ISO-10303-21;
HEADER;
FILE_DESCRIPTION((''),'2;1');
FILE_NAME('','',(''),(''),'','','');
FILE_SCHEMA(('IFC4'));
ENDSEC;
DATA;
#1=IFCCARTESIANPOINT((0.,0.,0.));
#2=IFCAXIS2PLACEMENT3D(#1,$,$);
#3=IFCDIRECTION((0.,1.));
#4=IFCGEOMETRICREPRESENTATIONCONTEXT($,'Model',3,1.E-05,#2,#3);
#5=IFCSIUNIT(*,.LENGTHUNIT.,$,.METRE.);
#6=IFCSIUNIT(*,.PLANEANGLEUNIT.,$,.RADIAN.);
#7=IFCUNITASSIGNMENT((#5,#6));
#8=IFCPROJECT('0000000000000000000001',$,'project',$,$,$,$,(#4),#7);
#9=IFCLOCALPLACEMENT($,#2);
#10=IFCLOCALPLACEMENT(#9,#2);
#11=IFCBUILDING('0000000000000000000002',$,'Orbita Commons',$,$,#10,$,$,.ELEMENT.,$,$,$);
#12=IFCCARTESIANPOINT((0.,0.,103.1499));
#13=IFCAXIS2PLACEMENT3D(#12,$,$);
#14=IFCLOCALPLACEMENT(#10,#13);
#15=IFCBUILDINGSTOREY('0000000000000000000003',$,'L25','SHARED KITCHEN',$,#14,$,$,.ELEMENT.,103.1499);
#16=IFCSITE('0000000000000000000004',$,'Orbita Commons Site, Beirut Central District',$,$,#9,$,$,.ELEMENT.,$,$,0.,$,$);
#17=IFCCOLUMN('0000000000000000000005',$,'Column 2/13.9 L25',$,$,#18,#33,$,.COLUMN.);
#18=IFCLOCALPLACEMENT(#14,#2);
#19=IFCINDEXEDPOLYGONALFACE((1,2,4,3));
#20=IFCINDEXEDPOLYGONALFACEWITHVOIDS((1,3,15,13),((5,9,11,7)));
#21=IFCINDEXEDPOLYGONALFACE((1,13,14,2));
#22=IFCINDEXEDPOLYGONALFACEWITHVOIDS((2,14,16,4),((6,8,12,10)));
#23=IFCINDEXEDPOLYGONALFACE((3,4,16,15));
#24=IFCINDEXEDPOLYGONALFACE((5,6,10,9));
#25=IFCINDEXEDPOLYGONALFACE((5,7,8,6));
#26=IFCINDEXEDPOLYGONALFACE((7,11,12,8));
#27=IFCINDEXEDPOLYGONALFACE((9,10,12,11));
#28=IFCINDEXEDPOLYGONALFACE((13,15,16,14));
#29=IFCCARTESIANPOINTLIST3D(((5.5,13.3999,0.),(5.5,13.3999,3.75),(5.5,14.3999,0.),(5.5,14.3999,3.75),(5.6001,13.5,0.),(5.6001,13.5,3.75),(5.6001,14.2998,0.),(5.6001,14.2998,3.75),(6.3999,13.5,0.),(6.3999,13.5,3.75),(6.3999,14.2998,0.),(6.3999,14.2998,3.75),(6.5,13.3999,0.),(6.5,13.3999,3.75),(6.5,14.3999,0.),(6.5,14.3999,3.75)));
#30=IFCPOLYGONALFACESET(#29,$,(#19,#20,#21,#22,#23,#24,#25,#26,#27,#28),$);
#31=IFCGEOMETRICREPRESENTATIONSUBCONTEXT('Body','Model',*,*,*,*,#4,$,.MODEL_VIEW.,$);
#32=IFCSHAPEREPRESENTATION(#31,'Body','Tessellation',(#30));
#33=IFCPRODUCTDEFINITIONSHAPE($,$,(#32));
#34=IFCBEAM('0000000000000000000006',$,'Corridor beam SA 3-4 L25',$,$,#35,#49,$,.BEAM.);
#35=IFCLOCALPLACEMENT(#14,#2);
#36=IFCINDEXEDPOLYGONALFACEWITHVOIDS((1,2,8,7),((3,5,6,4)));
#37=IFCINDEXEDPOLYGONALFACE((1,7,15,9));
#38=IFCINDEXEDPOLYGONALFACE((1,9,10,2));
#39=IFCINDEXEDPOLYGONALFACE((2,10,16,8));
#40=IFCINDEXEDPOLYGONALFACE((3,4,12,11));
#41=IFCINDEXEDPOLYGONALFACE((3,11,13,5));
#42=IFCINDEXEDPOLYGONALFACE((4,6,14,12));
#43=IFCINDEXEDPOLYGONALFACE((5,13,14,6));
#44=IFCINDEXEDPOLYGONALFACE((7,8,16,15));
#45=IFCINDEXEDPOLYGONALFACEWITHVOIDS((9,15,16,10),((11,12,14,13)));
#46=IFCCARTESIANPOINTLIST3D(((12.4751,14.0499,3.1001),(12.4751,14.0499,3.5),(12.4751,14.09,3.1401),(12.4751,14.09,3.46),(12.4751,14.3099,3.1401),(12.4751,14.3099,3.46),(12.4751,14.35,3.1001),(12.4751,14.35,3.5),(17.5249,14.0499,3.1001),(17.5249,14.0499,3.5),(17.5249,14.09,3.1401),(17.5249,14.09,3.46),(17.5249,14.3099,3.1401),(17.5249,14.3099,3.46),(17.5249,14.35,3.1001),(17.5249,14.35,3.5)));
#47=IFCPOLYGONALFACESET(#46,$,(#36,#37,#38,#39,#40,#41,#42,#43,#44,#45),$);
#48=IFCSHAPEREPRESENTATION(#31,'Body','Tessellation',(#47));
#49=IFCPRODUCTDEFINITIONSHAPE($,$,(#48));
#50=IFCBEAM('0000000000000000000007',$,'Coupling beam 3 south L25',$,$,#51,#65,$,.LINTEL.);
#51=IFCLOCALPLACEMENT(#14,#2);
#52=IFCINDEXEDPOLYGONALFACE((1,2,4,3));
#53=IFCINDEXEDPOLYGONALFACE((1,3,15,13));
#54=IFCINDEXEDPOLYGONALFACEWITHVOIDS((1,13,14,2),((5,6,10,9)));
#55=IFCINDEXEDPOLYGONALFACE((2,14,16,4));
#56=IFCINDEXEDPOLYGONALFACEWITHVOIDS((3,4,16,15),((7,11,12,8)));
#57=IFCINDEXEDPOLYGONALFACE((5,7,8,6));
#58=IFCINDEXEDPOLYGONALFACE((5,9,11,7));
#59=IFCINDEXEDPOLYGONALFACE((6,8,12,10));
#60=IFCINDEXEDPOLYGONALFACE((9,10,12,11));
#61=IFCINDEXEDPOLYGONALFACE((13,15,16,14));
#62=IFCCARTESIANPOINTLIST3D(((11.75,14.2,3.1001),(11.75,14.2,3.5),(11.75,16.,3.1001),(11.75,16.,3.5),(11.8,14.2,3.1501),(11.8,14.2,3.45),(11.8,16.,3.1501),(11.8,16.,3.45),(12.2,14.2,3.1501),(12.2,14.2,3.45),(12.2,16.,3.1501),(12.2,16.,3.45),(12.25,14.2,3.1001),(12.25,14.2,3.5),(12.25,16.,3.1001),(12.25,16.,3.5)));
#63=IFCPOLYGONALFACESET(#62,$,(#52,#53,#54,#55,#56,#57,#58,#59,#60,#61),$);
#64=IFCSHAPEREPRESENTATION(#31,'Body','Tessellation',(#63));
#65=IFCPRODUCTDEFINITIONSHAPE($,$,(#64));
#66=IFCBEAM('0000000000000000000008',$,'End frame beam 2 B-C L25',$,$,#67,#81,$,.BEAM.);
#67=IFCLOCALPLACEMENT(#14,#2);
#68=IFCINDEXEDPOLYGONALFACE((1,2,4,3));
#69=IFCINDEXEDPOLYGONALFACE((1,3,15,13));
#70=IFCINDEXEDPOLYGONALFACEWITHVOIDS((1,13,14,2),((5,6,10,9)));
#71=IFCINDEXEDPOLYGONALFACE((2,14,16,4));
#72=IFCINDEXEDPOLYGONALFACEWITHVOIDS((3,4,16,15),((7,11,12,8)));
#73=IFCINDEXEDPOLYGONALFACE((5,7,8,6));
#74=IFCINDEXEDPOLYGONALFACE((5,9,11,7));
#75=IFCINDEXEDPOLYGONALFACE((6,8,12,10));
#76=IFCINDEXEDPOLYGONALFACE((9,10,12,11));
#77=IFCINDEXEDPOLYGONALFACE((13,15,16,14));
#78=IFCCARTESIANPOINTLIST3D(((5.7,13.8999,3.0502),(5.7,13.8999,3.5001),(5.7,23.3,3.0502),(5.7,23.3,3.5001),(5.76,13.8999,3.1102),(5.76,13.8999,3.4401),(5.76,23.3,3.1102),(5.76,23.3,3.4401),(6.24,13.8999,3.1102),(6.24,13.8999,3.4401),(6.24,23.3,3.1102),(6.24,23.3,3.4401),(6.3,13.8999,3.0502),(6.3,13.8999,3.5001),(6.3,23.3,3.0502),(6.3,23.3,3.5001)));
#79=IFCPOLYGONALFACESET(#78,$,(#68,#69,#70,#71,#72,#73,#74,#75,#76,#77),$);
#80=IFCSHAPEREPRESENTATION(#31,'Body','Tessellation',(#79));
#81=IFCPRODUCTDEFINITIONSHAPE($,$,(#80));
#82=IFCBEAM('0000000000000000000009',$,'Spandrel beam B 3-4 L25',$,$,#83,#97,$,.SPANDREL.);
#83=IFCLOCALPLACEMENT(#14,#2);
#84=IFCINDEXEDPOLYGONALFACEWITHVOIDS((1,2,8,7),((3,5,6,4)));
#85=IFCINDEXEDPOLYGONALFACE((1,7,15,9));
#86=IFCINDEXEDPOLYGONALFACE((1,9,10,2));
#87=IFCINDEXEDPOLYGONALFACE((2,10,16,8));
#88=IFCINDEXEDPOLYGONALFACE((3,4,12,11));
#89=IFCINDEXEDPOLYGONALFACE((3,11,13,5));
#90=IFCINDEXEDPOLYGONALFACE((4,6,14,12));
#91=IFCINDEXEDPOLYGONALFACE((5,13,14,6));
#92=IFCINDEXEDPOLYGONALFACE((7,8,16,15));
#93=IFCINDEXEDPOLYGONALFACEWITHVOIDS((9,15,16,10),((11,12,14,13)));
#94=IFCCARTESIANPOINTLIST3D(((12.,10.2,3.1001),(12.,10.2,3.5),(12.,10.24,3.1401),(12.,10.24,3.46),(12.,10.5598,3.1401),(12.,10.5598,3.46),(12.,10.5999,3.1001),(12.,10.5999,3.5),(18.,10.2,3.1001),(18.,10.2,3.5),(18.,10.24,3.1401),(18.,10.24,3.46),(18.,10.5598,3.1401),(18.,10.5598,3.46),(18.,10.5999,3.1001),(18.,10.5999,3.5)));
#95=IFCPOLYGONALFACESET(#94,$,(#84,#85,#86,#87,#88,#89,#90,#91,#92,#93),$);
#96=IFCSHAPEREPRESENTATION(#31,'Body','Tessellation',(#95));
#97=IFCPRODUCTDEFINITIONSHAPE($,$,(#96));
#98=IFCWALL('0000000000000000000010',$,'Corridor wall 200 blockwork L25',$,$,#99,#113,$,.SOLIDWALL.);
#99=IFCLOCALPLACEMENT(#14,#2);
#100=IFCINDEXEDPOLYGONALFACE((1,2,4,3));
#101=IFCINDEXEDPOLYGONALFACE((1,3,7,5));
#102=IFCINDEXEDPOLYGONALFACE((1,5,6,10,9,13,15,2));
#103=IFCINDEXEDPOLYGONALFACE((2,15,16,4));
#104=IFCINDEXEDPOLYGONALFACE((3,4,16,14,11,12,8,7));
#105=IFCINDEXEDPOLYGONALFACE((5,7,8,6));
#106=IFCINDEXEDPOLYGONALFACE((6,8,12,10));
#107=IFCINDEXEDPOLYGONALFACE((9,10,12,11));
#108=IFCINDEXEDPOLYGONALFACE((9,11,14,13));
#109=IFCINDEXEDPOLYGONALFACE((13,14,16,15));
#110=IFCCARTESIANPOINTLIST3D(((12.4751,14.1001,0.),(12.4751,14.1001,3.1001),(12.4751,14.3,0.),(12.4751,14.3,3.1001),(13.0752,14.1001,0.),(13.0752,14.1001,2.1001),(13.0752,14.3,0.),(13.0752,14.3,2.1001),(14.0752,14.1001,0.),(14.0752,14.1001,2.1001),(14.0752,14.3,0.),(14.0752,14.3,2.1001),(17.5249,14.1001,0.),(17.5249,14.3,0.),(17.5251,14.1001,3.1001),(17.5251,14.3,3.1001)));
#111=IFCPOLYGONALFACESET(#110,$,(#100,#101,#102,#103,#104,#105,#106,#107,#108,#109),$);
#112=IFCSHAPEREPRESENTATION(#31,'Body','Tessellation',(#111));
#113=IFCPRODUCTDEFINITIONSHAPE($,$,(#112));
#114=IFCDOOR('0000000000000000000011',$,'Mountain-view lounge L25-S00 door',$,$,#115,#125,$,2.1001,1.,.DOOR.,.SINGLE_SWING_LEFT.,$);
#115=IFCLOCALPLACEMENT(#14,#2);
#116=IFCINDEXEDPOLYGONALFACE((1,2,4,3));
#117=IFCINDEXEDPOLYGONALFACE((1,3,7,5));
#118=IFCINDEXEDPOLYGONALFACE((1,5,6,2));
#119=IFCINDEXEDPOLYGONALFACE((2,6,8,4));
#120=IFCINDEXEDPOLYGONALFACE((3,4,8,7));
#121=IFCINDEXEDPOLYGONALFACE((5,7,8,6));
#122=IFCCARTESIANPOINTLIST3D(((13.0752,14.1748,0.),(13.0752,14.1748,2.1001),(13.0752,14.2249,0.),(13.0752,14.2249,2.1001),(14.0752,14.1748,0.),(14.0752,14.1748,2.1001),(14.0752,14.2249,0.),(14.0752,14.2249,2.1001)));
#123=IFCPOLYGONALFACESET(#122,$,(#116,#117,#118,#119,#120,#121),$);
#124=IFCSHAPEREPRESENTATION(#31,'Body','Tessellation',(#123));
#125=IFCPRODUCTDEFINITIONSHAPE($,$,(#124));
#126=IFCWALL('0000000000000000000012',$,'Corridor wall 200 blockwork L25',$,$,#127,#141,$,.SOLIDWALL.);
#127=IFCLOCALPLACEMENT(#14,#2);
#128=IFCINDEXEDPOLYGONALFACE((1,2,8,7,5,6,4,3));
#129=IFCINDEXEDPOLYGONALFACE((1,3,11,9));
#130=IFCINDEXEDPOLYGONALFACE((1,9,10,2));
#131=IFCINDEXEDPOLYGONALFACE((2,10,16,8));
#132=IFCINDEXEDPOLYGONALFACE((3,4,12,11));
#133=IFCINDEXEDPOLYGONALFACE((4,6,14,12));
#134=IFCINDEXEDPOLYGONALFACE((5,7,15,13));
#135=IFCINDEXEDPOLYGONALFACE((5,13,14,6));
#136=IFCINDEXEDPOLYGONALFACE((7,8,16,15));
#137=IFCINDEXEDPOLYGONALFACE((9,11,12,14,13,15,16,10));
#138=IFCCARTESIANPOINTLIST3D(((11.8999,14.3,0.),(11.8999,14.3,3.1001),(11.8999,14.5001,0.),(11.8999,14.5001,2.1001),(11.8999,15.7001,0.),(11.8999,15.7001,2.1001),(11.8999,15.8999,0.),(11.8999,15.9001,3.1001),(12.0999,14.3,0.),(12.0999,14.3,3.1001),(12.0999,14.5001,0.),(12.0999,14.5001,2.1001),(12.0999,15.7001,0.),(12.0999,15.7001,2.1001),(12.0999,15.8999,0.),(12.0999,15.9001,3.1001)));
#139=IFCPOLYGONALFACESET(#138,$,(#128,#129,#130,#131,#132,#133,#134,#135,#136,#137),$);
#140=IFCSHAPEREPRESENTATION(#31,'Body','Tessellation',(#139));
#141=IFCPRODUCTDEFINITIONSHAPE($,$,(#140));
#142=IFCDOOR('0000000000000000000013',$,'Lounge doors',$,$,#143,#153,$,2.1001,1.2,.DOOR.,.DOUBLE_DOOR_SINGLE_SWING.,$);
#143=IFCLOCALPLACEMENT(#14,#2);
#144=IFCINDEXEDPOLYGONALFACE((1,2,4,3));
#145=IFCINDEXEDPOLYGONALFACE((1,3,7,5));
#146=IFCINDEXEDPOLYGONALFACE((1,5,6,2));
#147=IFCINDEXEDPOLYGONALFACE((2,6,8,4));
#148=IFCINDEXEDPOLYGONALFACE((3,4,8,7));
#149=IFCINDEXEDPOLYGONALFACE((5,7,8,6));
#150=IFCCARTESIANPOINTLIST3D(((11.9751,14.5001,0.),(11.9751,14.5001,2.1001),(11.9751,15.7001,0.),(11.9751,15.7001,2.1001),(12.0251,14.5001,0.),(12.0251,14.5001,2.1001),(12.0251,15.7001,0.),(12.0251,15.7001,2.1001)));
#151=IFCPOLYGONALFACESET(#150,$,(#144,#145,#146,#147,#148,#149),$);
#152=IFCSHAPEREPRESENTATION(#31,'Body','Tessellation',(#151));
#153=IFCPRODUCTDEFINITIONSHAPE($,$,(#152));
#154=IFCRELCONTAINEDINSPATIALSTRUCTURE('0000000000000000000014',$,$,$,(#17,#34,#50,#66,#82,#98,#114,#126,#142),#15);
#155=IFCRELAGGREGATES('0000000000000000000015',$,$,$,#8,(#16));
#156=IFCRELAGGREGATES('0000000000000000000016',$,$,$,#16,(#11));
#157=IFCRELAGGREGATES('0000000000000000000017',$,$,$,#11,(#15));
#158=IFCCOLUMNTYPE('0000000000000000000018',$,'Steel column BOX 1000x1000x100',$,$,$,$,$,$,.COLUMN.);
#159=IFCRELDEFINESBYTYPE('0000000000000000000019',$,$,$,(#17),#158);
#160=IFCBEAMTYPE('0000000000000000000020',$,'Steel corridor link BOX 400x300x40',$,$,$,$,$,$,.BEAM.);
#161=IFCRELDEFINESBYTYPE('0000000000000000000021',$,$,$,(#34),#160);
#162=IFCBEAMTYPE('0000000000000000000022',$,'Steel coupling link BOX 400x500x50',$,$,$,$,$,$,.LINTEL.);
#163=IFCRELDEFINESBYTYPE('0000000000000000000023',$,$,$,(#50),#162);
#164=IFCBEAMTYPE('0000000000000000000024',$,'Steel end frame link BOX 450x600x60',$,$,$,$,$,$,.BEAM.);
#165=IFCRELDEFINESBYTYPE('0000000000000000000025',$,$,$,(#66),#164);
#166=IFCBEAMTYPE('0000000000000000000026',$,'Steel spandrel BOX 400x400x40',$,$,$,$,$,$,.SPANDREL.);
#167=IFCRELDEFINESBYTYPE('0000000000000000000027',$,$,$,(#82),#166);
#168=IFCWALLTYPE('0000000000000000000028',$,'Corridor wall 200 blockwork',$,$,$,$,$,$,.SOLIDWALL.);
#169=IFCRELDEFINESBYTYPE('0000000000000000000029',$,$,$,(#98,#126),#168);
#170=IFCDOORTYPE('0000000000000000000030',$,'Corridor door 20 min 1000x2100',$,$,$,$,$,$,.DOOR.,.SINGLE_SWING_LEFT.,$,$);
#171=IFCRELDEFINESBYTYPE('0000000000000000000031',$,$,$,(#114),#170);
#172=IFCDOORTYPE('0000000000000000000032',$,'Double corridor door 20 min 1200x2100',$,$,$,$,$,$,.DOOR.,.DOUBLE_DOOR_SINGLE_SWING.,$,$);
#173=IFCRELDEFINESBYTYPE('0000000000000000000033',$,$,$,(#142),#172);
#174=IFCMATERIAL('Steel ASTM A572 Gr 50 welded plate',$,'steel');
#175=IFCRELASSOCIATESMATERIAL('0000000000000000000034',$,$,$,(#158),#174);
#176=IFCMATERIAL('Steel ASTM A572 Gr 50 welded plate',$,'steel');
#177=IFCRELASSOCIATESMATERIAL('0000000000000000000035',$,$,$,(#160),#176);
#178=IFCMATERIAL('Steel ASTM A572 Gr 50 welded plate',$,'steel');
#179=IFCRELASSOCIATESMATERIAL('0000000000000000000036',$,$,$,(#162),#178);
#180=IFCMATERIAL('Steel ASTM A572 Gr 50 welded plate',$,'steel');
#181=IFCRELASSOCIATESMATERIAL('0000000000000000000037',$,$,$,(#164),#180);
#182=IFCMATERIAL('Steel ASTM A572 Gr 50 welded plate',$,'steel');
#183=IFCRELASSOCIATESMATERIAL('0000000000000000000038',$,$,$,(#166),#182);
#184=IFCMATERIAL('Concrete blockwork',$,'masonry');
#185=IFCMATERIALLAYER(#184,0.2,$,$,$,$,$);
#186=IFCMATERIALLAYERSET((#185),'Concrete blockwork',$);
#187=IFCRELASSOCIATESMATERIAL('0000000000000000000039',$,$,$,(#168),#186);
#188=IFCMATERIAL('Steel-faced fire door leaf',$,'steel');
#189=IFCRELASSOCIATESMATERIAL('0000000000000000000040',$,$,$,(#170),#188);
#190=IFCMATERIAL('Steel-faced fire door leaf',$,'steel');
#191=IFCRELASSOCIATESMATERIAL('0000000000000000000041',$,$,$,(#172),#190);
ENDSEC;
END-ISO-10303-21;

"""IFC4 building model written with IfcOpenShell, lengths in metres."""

from ifc_helpers import new_model, si_unit, direction, frame, frame_2d, origin, origin_2d, place, context, subcontext, project, spatial, polyline, rectangle, hollow_rectangle, outline, extrude, material, layer, layer_set, material_profile, profile_set, type_object, element, fill, save


model = new_model("IFC4")

# Units and contexts
model_context = context("Model", 3, precision=1e-05, world=origin(), true_north=direction((0.0, 1.0)))
body_context = subcontext(model_context, "Body", "Model", "MODEL_VIEW")
ifc_project = project(units=[si_unit("LENGTHUNIT", "METRE"), si_unit("PLANEANGLEUNIT", "RADIAN")], contexts=[model_context])

# Site, building, storey
site_placement = place(None, origin())
site = spatial("IfcSite", under=ifc_project, at=site_placement, Name="Orbita Commons Site, Beirut Central District", CompositionType="ELEMENT", RefElevation=0.0)
building_placement = place(site_placement, origin())
building = spatial("IfcBuilding", under=site, at=building_placement, Name="Orbita Commons", CompositionType="ELEMENT")
storey_placement = place(building_placement, frame((0.0, 0.0, 103.1499)))
storey = spatial("IfcBuildingStorey", under=building, at=storey_placement, Name="L25", Description="SHARED KITCHEN", CompositionType="ELEMENT", Elevation=103.1499)

# Column
ifc_material_1 = material(Name="Steel ASTM A572 Gr 50 welded plate", Category="steel")
ifc_material_profile_1 = material_profile(ifc_material_1, hollow_rectangle(XDim=1.0, YDim=1.0, WallThickness=0.1001, at=origin_2d()), Name="BOX 1000x1000x100")
ifc_profile_set_1 = profile_set([ifc_material_profile_1], Name="Steel ASTM A572 Gr 50 welded plate")
column_type = type_object("IfcColumnType", Name="Steel column BOX 1000x1000x100", PredefinedType="COLUMN", material=ifc_profile_set_1)
column_placement = place(storey_placement, frame((6.0, 13.8999, 0.0), z_axis=(0.0, 0.0, 1.0), x_axis=(1.0, 0.0, 0.0)))
element("IfcColumn", 1, at=column_placement, inside=storey, type_object=column_type, Name="Column 2/13.9 L25", PredefinedType="COLUMN", context=body_context, shape_type="SweptSolid", body=[
    extrude(hollow_rectangle(XDim=1.0, YDim=1.0, WallThickness=0.1001, at=origin_2d()), origin(), (0.0, 0.0, 1.0), 3.75),
])

# Beams
ifc_material_2 = material(Name="Steel ASTM A572 Gr 50 welded plate", Category="steel")
ifc_material_profile_2 = material_profile(ifc_material_2, hollow_rectangle(XDim=0.3, YDim=0.3999, WallThickness=0.04, at=origin_2d()), Name="BOX 400x300x40")
ifc_profile_set_2 = profile_set([ifc_material_profile_2], Name="Steel ASTM A572 Gr 50 welded plate")
beam_type_1 = type_object("IfcBeamType", Name="Steel corridor link BOX 400x300x40", PredefinedType="BEAM", material=ifc_profile_set_2)
beam_1_placement = place(storey_placement, frame((12.4751, 14.2, 3.3), z_axis=(1.0, 0.0, 0.0), x_axis=(0.0, 1.0, 0.0)))
element("IfcBeam", 2, at=beam_1_placement, inside=storey, type_object=beam_type_1, Name="Corridor beam SA 3-4 L25", PredefinedType="BEAM", context=body_context, shape_type="SweptSolid", body=[
    extrude(hollow_rectangle(XDim=0.3, YDim=0.3999, WallThickness=0.04, at=origin_2d()), origin(), (0.0, 0.0, 1.0), 5.0498),
])
ifc_material_3 = material(Name="Steel ASTM A572 Gr 50 welded plate", Category="steel")
ifc_material_profile_3 = material_profile(ifc_material_3, hollow_rectangle(XDim=0.5, YDim=0.3999, WallThickness=0.05, at=origin_2d()), Name="BOX 400x500x50")
ifc_profile_set_3 = profile_set([ifc_material_profile_3], Name="Steel ASTM A572 Gr 50 welded plate")
beam_type_2 = type_object("IfcBeamType", Name="Steel coupling link BOX 400x500x50", PredefinedType="LINTEL", material=ifc_profile_set_3)
beam_2_placement = place(storey_placement, frame((12.0, 14.2, 3.3), z_axis=(0.0, 1.0, 0.0), x_axis=(-1.0, 0.0, 0.0)))
element("IfcBeam", 3, at=beam_2_placement, inside=storey, type_object=beam_type_2, Name="Coupling beam 3 south L25", PredefinedType="LINTEL", context=body_context, shape_type="SweptSolid", body=[
    extrude(hollow_rectangle(XDim=0.5, YDim=0.3999, WallThickness=0.05, at=origin_2d()), origin(), (0.0, 0.0, 1.0), 1.8),
])
ifc_material_4 = material(Name="Steel ASTM A572 Gr 50 welded plate", Category="steel")
ifc_material_profile_4 = material_profile(ifc_material_4, hollow_rectangle(XDim=0.6001, YDim=0.45, WallThickness=0.0601, at=origin_2d()), Name="BOX 450x600x60")
ifc_profile_set_4 = profile_set([ifc_material_profile_4], Name="Steel ASTM A572 Gr 50 welded plate")
beam_type_3 = type_object("IfcBeamType", Name="Steel end frame link BOX 450x600x60", PredefinedType="BEAM", material=ifc_profile_set_4)
beam_3_placement = place(storey_placement, frame((6.0, 13.8999, 3.2751), z_axis=(0.0, 1.0, 0.0), x_axis=(-1.0, 0.0, 0.0)))
element("IfcBeam", 4, at=beam_3_placement, inside=storey, type_object=beam_type_3, Name="End frame beam 2 B-C L25", PredefinedType="BEAM", context=body_context, shape_type="SweptSolid", body=[
    extrude(hollow_rectangle(XDim=0.6001, YDim=0.45, WallThickness=0.0601, at=origin_2d()), origin(), (0.0, 0.0, 1.0), 9.4001),
])
ifc_material_5 = material(Name="Steel ASTM A572 Gr 50 welded plate", Category="steel")
ifc_material_profile_5 = material_profile(ifc_material_5, hollow_rectangle(XDim=0.3999, YDim=0.3999, WallThickness=0.04, at=origin_2d()), Name="BOX 400x400x40")
ifc_profile_set_5 = profile_set([ifc_material_profile_5], Name="Steel ASTM A572 Gr 50 welded plate")
beam_type_4 = type_object("IfcBeamType", Name="Steel spandrel BOX 400x400x40", PredefinedType="SPANDREL", material=ifc_profile_set_5)
beam_4_placement = place(storey_placement, frame((12.0, 10.3999, 3.3), z_axis=(1.0, 0.0, 0.0), x_axis=(0.0, 1.0, 0.0)))
element("IfcBeam", 5, at=beam_4_placement, inside=storey, type_object=beam_type_4, Name="Spandrel beam B 3-4 L25", PredefinedType="SPANDREL", context=body_context, shape_type="SweptSolid", body=[
    extrude(hollow_rectangle(XDim=0.3999, YDim=0.3999, WallThickness=0.04, at=origin_2d()), origin(), (0.0, 0.0, 1.0), 6.0),
])

# Walls, openings, doors
ifc_material_6 = material(Name="Concrete blockwork", Category="masonry")
ifc_layer_1 = layer(ifc_material_6, 0.2)
ifc_layer_set_1 = layer_set([ifc_layer_1], Name="Concrete blockwork")
wall_type_1 = type_object("IfcWallType", Name="Corridor wall 200 blockwork", PredefinedType="SOLIDWALL", material=ifc_layer_set_1)
wall_1_placement = place(storey_placement, frame((12.4751, 14.2, 0.0), z_axis=(0.0, 0.0, 1.0), x_axis=(1.0, 0.0, 0.0)))
wall_1 = element("IfcWall", 6, at=wall_1_placement, inside=storey, type_object=wall_type_1, Name="Corridor wall 200 blockwork L25", PredefinedType="SOLIDWALL", context=body_context, shape_type="SweptSolid", body=[
    extrude(outline(polyline([(0.0, 0.0), (5.0498, 0.0), (5.05, 3.1001), (0.0, 3.1001), (0.0, 0.0)])), frame((0.0, 0.1001, 0.0), z_axis=(0.0, -1.0, 0.0), x_axis=(1.0, 0.0, 0.0)), (0.0, 0.0, 1.0), 0.2),
])
opening_1_placement = place(wall_1_placement, frame((0.6001, 0.0, 0.0)))
opening_1 = element("IfcOpeningElement", 7, at=opening_1_placement, cuts=wall_1, PredefinedType="OPENING", context=body_context, shape_type="SweptSolid", body=[
    extrude(rectangle(XDim=1.0, YDim=2.1001, at=frame_2d((0.5, 1.05))), frame((0.0, 0.1099, 0.0), z_axis=(0.0, -1.0, 0.0), x_axis=(1.0, 0.0, 0.0)), (0.0, 0.0, 1.0), 0.22),
])
ifc_material_7 = material(Name="Steel-faced fire door leaf", Category="steel")
door_type_1 = type_object("IfcDoorType", Name="Corridor door 20 min 1000x2100", OperationType="SINGLE_SWING_LEFT", PredefinedType="DOOR", material=ifc_material_7)
door_1_placement = place(opening_1_placement, origin())
door_1 = element("IfcDoor", 8, at=door_1_placement, inside=storey, type_object=door_type_1, Name="Mountain-view lounge L25-S00 door", OperationType="SINGLE_SWING_LEFT", OverallHeight=2.1001, OverallWidth=1.0, PredefinedType="DOOR", context=body_context, shape_type="SweptSolid", body=[
    extrude(rectangle(XDim=1.0, YDim=2.1001, at=frame_2d((0.5, 1.05))), frame((0.0, 0.0249, 0.0), z_axis=(0.0, -1.0, 0.0), x_axis=(1.0, 0.0, 0.0)), (0.0, 0.0, 1.0), 0.05),
])
fill(opening_1, door_1)
wall_2_placement = place(storey_placement, frame((12.0, 14.3, 0.0), z_axis=(0.0, 0.0, 1.0), x_axis=(0.0, 1.0, 0.0)))
wall_2 = element("IfcWall", 9, at=wall_2_placement, inside=storey, type_object=wall_type_1, Name="Corridor wall 200 blockwork L25", PredefinedType="SOLIDWALL", context=body_context, shape_type="SweptSolid", body=[
    extrude(outline(polyline([(0.0, 0.0), (1.5999, 0.0), (1.6001, 3.1001), (0.0, 3.1001), (0.0, 0.0)])), frame((0.0, 0.1001, 0.0), z_axis=(0.0, -1.0, 0.0), x_axis=(1.0, 0.0, 0.0)), (0.0, 0.0, 1.0), 0.2),
])
opening_2_placement = place(wall_2_placement, frame((0.2, 0.0, 0.0)))
opening_2 = element("IfcOpeningElement", 10, at=opening_2_placement, cuts=wall_2, PredefinedType="OPENING", context=body_context, shape_type="SweptSolid", body=[
    extrude(rectangle(XDim=1.2, YDim=2.1001, at=frame_2d((0.6001, 1.05))), frame((0.0, 0.1099, 0.0), z_axis=(0.0, -1.0, 0.0), x_axis=(1.0, 0.0, 0.0)), (0.0, 0.0, 1.0), 0.22),
])
ifc_material_8 = material(Name="Steel-faced fire door leaf", Category="steel")
door_type_2 = type_object("IfcDoorType", Name="Double corridor door 20 min 1200x2100", OperationType="DOUBLE_DOOR_SINGLE_SWING", PredefinedType="DOOR", material=ifc_material_8)
door_2_placement = place(opening_2_placement, origin())
door_2 = element("IfcDoor", 11, at=door_2_placement, inside=storey, type_object=door_type_2, Name="Lounge doors", OperationType="DOUBLE_DOOR_SINGLE_SWING", OverallHeight=2.1001, OverallWidth=1.2, PredefinedType="DOOR", context=body_context, shape_type="SweptSolid", body=[
    extrude(rectangle(XDim=1.2, YDim=2.1001, at=frame_2d((0.6001, 1.05))), frame((0.0, 0.0249, 0.0), z_axis=(0.0, -1.0, 0.0), x_axis=(1.0, 0.0, 0.0)), (0.0, 0.0, 1.0), 0.05),
])
fill(opening_2, door_2)

save(model, "model.ifc")
